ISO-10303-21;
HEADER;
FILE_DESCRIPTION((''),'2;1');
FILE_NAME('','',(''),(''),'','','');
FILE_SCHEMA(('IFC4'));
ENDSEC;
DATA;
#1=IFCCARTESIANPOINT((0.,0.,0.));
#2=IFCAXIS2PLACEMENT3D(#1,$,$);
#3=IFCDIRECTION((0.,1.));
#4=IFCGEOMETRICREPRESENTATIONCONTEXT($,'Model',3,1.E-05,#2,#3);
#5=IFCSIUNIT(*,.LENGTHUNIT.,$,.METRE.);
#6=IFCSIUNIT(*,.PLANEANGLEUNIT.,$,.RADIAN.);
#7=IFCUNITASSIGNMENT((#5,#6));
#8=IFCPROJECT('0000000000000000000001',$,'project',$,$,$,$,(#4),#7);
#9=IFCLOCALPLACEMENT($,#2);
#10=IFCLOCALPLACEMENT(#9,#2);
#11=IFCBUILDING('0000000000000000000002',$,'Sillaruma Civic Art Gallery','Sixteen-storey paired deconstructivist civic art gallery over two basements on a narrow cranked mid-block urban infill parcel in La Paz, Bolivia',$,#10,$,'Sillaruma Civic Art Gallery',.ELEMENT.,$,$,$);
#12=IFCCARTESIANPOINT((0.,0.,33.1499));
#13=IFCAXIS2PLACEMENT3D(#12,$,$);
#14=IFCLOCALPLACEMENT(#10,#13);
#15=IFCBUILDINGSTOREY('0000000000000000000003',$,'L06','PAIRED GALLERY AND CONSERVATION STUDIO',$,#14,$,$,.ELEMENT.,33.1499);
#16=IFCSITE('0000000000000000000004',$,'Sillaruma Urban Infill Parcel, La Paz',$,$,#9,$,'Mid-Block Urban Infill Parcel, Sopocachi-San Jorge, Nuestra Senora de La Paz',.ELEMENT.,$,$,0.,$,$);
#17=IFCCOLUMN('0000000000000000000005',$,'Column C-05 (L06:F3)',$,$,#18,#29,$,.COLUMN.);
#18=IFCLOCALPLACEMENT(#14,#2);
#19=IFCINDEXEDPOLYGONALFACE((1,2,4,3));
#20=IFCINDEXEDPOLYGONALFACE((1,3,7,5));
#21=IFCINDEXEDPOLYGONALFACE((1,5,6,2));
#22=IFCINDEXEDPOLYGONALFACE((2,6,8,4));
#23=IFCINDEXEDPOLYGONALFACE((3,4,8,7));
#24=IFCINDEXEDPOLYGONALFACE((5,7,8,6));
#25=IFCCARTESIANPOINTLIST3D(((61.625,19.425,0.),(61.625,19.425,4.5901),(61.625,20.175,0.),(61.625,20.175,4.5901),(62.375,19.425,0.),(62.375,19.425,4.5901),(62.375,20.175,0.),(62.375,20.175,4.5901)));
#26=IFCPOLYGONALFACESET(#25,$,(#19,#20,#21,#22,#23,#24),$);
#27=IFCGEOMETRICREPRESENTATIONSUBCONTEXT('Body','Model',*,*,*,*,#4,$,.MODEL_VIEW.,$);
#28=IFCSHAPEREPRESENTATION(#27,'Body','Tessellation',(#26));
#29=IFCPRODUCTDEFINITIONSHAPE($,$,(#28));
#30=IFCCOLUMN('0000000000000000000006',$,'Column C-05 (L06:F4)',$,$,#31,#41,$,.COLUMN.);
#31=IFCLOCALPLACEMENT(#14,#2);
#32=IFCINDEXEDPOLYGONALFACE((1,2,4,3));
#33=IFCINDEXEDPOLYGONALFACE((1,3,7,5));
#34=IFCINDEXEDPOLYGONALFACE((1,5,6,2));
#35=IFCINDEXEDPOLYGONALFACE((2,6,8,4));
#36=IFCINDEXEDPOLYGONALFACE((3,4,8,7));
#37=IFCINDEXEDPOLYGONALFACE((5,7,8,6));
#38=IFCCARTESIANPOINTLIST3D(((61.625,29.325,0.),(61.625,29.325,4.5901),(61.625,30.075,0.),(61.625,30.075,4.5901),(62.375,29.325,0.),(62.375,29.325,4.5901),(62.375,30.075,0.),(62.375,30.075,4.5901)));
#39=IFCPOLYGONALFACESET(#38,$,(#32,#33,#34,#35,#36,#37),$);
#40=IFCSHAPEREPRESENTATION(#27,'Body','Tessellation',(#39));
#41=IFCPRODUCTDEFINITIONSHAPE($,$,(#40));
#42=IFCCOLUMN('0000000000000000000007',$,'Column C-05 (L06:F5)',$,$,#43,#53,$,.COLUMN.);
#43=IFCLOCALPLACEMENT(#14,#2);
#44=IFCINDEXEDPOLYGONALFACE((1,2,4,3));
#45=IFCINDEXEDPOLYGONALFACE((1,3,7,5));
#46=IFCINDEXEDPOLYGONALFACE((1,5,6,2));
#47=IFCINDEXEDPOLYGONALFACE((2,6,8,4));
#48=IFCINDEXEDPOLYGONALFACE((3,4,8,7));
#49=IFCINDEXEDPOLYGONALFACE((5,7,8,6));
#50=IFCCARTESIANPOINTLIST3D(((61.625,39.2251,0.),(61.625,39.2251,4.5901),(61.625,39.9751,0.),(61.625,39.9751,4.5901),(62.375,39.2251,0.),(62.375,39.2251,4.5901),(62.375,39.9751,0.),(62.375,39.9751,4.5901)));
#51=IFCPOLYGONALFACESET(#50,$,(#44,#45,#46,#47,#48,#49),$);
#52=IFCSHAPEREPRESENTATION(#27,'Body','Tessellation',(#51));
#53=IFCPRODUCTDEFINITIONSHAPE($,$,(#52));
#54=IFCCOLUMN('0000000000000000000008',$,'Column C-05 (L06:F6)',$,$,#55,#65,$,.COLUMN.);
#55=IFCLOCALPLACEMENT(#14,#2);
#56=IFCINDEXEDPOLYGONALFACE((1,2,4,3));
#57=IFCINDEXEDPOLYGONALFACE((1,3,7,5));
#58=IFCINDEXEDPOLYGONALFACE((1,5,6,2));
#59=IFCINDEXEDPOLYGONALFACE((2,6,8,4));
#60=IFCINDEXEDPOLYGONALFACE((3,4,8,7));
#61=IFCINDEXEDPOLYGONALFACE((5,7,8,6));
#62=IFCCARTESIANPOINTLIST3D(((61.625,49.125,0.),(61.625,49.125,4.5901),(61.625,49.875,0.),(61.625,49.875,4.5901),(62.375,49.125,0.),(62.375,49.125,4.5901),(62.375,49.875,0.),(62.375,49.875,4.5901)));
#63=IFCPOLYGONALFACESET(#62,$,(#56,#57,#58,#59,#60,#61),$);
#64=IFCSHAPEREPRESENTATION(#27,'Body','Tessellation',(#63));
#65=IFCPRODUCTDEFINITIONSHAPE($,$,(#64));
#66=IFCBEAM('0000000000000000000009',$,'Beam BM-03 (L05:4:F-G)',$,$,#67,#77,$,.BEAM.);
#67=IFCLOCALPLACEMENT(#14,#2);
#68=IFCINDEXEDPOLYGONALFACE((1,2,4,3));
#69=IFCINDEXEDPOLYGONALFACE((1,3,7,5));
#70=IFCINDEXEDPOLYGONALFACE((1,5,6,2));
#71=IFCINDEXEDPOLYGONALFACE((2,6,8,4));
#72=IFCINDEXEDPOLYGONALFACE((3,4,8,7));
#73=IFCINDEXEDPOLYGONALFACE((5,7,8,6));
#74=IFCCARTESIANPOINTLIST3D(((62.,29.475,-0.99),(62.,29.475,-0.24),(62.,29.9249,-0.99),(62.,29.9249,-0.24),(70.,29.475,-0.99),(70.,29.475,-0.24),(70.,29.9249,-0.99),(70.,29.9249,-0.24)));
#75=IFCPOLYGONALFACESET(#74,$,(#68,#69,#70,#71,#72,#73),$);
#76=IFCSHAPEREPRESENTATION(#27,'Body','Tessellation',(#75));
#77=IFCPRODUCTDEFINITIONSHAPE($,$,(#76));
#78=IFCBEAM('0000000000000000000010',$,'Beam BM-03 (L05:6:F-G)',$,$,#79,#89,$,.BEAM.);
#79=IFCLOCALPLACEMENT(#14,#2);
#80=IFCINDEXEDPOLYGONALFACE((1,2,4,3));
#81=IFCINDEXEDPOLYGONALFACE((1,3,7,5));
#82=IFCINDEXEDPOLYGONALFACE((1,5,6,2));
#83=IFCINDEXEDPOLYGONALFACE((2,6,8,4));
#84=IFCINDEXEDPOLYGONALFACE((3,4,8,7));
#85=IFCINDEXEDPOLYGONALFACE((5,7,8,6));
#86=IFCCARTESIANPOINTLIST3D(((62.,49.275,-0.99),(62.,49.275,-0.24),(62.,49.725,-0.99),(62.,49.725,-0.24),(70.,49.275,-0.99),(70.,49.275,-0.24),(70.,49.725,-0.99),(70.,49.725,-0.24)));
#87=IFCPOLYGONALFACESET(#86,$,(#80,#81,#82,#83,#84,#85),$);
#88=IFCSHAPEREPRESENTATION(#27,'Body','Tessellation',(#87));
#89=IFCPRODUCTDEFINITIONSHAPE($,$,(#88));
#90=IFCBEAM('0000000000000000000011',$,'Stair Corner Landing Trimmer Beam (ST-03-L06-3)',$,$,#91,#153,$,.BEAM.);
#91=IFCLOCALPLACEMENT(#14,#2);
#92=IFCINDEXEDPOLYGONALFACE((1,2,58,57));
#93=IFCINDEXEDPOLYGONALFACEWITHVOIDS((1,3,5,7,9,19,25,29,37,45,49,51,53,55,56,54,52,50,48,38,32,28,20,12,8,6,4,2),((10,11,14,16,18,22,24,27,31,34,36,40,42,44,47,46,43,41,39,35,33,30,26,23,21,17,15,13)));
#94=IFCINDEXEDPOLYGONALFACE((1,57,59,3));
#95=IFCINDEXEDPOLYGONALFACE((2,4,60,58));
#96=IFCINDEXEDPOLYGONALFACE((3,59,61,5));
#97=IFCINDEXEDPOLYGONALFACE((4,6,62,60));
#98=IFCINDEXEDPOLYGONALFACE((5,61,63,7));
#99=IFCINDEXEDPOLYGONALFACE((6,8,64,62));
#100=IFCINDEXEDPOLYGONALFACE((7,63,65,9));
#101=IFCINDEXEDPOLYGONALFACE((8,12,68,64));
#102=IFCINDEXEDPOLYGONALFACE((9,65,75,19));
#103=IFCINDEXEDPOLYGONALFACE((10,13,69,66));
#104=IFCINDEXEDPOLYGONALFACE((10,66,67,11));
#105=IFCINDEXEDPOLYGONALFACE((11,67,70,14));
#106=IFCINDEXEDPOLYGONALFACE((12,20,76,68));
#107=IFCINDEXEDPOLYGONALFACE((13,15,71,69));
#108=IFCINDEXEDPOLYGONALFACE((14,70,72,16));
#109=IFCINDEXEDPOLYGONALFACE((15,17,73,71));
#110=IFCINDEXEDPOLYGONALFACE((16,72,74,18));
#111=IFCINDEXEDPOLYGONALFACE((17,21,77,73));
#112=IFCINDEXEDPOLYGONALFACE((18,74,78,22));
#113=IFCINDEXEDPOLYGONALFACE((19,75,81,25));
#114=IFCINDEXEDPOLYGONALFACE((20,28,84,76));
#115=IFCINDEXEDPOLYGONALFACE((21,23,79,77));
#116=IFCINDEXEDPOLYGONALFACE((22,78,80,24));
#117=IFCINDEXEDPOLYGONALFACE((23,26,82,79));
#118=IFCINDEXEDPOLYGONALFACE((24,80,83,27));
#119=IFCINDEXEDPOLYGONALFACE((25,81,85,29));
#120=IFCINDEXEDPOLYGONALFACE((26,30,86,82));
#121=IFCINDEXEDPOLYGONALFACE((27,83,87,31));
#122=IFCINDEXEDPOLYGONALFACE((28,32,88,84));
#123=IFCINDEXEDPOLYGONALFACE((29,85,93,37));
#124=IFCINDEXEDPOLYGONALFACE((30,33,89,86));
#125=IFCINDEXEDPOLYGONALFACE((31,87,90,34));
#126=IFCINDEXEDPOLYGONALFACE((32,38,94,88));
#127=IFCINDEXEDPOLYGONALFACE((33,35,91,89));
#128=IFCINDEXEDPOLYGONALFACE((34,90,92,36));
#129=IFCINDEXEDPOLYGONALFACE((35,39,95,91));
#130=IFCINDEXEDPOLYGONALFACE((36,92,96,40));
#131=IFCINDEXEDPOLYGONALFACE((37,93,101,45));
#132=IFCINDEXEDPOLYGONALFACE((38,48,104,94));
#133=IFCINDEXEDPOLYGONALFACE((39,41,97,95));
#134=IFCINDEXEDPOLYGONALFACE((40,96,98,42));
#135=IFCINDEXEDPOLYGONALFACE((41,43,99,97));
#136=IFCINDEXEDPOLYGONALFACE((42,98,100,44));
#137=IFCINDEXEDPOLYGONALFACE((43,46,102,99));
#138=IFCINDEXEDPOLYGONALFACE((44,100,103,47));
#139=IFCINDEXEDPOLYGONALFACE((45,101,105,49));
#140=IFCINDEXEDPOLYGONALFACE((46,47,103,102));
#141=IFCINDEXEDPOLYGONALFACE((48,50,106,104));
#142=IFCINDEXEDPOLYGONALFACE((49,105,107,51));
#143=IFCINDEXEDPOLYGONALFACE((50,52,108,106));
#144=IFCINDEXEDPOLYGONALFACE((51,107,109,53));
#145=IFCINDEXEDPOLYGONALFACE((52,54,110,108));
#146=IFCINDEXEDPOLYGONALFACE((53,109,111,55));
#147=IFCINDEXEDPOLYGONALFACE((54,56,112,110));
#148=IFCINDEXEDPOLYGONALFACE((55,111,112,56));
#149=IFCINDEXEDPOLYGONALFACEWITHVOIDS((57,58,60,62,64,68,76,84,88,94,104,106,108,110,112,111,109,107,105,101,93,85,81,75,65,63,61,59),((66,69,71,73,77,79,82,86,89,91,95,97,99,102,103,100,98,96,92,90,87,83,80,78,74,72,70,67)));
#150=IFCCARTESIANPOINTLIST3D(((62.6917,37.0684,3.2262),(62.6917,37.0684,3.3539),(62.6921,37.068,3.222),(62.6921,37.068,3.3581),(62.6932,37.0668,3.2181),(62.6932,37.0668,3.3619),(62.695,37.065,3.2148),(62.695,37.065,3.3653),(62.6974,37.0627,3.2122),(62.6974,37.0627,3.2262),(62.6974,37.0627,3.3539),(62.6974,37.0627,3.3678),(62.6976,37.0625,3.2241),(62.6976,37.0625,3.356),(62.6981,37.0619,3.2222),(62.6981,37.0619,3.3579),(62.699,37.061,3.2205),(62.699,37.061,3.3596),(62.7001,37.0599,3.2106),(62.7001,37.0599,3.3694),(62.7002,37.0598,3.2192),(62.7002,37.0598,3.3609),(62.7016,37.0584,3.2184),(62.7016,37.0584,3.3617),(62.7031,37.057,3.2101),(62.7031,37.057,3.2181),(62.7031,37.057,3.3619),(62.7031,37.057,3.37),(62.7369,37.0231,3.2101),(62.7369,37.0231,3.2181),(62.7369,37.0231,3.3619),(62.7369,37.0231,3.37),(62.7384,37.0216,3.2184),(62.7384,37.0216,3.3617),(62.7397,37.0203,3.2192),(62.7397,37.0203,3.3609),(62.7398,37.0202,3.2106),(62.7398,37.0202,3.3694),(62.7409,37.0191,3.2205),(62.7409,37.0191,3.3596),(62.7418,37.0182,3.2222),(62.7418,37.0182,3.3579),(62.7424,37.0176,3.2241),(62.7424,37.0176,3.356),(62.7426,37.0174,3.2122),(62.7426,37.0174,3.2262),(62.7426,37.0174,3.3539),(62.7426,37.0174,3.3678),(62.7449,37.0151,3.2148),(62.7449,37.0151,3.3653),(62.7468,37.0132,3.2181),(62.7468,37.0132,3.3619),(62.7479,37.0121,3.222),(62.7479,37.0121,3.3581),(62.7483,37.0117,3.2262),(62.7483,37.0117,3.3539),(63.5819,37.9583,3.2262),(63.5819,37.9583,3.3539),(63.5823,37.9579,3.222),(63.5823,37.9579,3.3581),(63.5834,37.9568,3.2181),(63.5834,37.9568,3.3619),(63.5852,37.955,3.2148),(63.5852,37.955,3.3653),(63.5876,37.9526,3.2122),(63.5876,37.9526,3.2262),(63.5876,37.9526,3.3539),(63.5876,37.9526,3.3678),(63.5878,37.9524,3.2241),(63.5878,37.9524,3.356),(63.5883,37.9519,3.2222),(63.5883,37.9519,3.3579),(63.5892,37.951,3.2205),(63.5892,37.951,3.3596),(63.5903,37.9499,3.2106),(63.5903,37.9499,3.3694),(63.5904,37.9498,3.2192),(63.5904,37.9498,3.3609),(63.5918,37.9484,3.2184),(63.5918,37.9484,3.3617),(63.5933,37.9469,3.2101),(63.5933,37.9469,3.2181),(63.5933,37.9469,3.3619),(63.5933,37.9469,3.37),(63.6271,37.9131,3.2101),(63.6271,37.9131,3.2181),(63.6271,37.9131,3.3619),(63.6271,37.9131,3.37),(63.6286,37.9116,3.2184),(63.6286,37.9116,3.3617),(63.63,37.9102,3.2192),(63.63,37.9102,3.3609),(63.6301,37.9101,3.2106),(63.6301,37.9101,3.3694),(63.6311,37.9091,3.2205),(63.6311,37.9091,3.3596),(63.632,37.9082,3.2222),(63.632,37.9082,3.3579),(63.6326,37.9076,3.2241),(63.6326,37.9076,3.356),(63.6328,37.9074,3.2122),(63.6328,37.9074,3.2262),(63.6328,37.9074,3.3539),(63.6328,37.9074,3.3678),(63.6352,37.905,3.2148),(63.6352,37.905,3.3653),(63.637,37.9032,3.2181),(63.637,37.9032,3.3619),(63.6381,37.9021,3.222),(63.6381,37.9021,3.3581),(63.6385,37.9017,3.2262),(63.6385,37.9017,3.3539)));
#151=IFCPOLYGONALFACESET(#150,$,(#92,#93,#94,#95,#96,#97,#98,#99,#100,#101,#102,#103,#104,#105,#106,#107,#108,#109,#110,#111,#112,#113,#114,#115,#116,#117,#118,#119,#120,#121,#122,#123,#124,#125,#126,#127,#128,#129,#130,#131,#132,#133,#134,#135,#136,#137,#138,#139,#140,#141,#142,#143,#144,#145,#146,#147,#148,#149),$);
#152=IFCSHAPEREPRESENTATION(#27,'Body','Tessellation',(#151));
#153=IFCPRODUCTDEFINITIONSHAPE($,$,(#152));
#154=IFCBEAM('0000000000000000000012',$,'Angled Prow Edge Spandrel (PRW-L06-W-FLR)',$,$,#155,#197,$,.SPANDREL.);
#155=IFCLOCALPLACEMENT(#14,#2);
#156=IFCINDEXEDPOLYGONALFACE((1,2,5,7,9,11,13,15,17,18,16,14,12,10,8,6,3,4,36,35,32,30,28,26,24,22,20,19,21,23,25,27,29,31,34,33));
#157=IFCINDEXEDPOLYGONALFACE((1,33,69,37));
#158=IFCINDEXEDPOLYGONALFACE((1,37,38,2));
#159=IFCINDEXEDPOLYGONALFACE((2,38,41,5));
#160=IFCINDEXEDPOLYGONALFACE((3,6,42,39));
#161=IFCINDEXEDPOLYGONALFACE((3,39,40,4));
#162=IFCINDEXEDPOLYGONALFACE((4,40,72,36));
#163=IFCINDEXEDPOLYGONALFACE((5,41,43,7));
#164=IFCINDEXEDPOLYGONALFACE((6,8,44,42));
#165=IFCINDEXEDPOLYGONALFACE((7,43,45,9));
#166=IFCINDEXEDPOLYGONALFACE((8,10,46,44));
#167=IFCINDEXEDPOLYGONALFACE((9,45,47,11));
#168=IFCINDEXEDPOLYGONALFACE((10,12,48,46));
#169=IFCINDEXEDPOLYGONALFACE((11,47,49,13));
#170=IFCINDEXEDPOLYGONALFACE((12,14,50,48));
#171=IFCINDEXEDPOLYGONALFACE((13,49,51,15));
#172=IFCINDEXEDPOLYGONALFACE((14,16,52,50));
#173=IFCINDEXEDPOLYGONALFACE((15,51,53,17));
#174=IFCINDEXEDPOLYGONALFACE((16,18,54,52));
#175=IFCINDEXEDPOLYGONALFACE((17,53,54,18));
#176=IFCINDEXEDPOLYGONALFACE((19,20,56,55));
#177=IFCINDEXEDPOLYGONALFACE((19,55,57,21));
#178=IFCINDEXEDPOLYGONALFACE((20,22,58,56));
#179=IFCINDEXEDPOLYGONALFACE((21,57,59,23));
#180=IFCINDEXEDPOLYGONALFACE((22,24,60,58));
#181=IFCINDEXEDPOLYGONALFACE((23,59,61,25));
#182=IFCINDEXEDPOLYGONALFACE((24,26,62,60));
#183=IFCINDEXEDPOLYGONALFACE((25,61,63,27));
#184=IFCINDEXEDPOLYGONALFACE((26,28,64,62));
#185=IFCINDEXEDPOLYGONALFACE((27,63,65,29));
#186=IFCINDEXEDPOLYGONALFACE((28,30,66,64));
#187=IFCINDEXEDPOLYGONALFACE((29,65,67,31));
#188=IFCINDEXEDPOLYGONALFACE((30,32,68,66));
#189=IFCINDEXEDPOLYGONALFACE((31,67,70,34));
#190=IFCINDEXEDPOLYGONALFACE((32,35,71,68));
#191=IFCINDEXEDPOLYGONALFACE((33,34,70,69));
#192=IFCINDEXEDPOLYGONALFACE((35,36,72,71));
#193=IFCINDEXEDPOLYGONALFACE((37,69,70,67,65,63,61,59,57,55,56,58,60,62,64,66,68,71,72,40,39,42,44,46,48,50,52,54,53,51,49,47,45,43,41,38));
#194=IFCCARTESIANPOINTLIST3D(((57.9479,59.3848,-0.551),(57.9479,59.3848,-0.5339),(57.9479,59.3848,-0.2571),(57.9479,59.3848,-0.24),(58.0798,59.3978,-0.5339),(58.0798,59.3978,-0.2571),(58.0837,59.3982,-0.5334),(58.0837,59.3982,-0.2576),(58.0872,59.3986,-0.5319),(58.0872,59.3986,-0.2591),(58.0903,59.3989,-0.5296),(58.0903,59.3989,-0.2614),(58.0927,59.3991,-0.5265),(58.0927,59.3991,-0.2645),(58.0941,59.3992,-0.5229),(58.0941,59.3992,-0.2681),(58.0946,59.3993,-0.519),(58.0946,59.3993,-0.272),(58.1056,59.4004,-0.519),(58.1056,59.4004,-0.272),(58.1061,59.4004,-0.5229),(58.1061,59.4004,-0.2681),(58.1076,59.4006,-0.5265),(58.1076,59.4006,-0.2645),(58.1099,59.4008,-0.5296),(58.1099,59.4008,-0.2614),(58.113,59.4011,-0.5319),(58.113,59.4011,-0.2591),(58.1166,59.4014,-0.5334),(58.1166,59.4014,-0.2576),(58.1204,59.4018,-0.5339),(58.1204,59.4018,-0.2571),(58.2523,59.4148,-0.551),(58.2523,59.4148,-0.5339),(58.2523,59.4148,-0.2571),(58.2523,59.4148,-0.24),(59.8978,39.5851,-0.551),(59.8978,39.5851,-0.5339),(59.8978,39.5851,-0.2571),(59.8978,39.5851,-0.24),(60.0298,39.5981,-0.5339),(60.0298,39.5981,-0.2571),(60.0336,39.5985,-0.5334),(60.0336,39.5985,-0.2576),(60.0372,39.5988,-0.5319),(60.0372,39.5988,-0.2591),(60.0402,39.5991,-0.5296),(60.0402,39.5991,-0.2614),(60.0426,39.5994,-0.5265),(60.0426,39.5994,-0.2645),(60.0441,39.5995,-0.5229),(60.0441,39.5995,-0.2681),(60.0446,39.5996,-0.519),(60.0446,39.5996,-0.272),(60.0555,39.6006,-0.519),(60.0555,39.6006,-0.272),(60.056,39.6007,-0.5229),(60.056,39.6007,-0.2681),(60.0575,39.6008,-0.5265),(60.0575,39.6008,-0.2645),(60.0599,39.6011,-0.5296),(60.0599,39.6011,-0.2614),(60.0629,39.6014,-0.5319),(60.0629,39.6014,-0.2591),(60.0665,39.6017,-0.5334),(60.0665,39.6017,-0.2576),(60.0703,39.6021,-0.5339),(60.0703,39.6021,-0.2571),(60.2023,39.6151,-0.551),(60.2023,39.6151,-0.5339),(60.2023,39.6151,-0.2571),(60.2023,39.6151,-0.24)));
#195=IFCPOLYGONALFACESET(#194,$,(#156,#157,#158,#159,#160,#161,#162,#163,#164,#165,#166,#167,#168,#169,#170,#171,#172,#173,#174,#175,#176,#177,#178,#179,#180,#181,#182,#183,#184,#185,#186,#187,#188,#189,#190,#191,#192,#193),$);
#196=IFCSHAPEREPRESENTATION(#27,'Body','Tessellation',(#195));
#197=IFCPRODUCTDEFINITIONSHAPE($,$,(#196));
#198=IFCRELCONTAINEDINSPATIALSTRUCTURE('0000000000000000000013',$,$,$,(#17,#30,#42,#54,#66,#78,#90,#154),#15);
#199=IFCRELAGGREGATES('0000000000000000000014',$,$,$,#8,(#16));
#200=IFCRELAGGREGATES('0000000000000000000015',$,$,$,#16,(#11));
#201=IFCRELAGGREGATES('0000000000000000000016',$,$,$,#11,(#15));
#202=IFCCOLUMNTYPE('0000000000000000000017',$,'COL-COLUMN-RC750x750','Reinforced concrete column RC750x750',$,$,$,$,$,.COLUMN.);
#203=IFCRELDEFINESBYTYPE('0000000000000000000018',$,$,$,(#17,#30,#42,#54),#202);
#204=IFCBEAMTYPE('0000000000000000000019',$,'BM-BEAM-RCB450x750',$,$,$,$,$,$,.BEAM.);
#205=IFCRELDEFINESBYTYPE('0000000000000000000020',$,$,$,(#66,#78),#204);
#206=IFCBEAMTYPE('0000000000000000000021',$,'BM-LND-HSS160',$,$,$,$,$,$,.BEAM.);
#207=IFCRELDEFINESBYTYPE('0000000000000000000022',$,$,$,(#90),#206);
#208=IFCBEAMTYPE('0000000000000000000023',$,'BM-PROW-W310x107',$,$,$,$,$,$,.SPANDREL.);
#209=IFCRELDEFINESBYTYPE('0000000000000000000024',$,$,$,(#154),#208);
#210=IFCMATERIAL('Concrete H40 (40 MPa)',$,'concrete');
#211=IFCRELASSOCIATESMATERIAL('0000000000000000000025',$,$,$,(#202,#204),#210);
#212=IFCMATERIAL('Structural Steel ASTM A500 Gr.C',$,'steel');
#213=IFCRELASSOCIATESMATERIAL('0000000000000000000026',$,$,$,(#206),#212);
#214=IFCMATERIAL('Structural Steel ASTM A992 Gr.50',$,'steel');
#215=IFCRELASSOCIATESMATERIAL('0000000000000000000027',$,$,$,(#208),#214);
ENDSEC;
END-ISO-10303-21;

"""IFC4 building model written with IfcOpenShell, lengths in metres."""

from ifc_helpers import new_model, si_unit, direction, frame, origin, origin_2d, place, context, subcontext, project, spatial, rectangle, hollow_rectangle, i_section, extrude, material, material_profile, profile_set, type_object, element, save


model = new_model("IFC4")

# Units and contexts
model_context = context("Model", 3, precision=1e-05, world=origin(), true_north=direction((0.0, 1.0)))
body_context = subcontext(model_context, "Body", "Model", "MODEL_VIEW")
ifc_project = project(units=[si_unit("LENGTHUNIT", "METRE"), si_unit("PLANEANGLEUNIT", "RADIAN")], contexts=[model_context])

# Site, building, storey
site_placement = place(None, origin())
site = spatial("IfcSite", under=ifc_project, at=site_placement, Name="Sillaruma Urban Infill Parcel, La Paz", LongName="Mid-Block Urban Infill Parcel, Sopocachi-San Jorge, Nuestra Senora de La Paz", CompositionType="ELEMENT", RefElevation=0.0)
building_placement = place(site_placement, origin())
building = spatial("IfcBuilding", under=site, at=building_placement, Name="Sillaruma Civic Art Gallery", Description="Sixteen-storey paired deconstructivist civic art gallery over two basements on a narrow cranked mid-block urban infill parcel in La Paz, Bolivia", LongName="Sillaruma Civic Art Gallery", CompositionType="ELEMENT")
storey_placement = place(building_placement, frame((0.0, 0.0, 33.1499)))
storey = spatial("IfcBuildingStorey", under=building, at=storey_placement, Name="L06", Description="PAIRED GALLERY AND CONSERVATION STUDIO", CompositionType="ELEMENT", Elevation=33.1499)

# Columns
ifc_material_1 = material(Name="Concrete H40 (40 MPa)", Category="concrete")
ifc_material_profile_1 = material_profile(ifc_material_1, rectangle(XDim=0.75, YDim=0.75, at=origin_2d()), Name="RC750x750")
ifc_profile_set_1 = profile_set([ifc_material_profile_1], Name="Concrete H40 (40 MPa)")
column_type = type_object("IfcColumnType", Name="COL-COLUMN-RC750x750", Description="Reinforced concrete column RC750x750", PredefinedType="COLUMN", material=ifc_profile_set_1)
for number, where, z_axis, x_axis, name in (
    (1, (62.0, 19.8, 0.0), (0.0, 0.0, 1.0), (1.0, 0.0, 0.0), "Column C-05 (L06:F3)"),
    (2, (62.0, 29.7, 0.0), (0.0, 0.0, 1.0), (1.0, 0.0, 0.0), "Column C-05 (L06:F4)"),
    (3, (62.0, 39.6001, 0.0), (0.0, 0.0, 1.0), (1.0, 0.0, 0.0), "Column C-05 (L06:F5)"),
    (4, (62.0, 49.5, 0.0), (0.0, 0.0, 1.0), (1.0, 0.0, 0.0), "Column C-05 (L06:F6)"),
):
    element("IfcColumn", number, at=place(storey_placement, frame(where, z_axis=z_axis, x_axis=x_axis)), inside=storey, type_object=column_type, Name=name, PredefinedType="COLUMN", context=body_context, shape_type="SweptSolid", body=[
        extrude(rectangle(XDim=0.75, YDim=0.75, at=origin_2d()), origin(), (0.0, 0.0, 1.0), 4.5901),
    ])

# Beams
ifc_material_profile_2 = material_profile(ifc_material_1, rectangle(XDim=0.45, YDim=0.75, at=origin_2d()), Name="RCB450x750")
ifc_profile_set_2 = profile_set([ifc_material_profile_2], Name="Concrete H40 (40 MPa)")
beam_type_1 = type_object("IfcBeamType", Name="BM-BEAM-RCB450x750", PredefinedType="BEAM", material=ifc_profile_set_2)
for number, where, z_axis, x_axis, name in (
    (5, (62.0, 29.7, -0.615), (1.0, 0.0, 0.0), (0.0, 1.0, 0.0), "Beam BM-03 (L05:4:F-G)"),
    (6, (62.0, 49.5, -0.615), (1.0, 0.0, 0.0), (0.0, 1.0, 0.0), "Beam BM-03 (L05:6:F-G)"),
):
    element("IfcBeam", number, at=place(storey_placement, frame(where, z_axis=z_axis, x_axis=x_axis)), inside=storey, type_object=beam_type_1, Name=name, PredefinedType="BEAM", context=body_context, shape_type="SweptSolid", body=[
        extrude(rectangle(XDim=0.45, YDim=0.75, at=origin_2d()), origin(), (0.0, 0.0, 1.0), 8.0),
    ])
ifc_material_2 = material(Name="Structural Steel ASTM A500 Gr.C", Category="steel")
ifc_material_profile_3 = material_profile(ifc_material_2, hollow_rectangle(XDim=0.0801, YDim=0.1599, WallThickness=0.0081, InnerFilletRadius=0.0081, OuterFilletRadius=0.0161, at=origin_2d()), Name="HSS160x80x8")
ifc_profile_set_3 = profile_set([ifc_material_profile_3], Name="Structural Steel ASTM A500 Gr.C")
beam_type_2 = type_object("IfcBeamType", Name="BM-LND-HSS160", PredefinedType="BEAM", material=ifc_profile_set_3)
beam_1_placement = place(storey_placement, frame((62.72, 37.04, 3.29), z_axis=(0.707204, 0.70701, 0.0), x_axis=(-0.70701, 0.707204, 0.0)))
element("IfcBeam", 7, at=beam_1_placement, inside=storey, type_object=beam_type_2, Name="Stair Corner Landing Trimmer Beam (ST-03-L06-3)", PredefinedType="BEAM", context=body_context, shape_type="SweptSolid", body=[
    extrude(hollow_rectangle(XDim=0.0801, YDim=0.1599, WallThickness=0.0081, InnerFilletRadius=0.0081, OuterFilletRadius=0.0161, at=origin_2d()), origin(), (0.0, 0.0, 1.0), 1.2588),
])
ifc_material_3 = material(Name="Structural Steel ASTM A992 Gr.50", Category="steel")
ifc_material_profile_4 = material_profile(ifc_material_3, i_section(OverallWidth=0.3059, OverallDepth=0.311, WebThickness=0.011, FlangeThickness=0.0171, FilletRadius=0.0149, at=origin_2d()), Name="W310x107")
ifc_profile_set_4 = profile_set([ifc_material_profile_4], Name="Structural Steel ASTM A992 Gr.50")
beam_type_3 = type_object("IfcBeamType", Name="BM-PROW-W310x107", PredefinedType="SPANDREL", material=ifc_profile_set_4)
beam_2_placement = place(storey_placement, frame((60.05, 39.6001, -0.3955), z_axis=(-0.098009, 0.995186, 0.0), x_axis=(-0.995186, -0.098009, 0.0)))
element("IfcBeam", 8, at=beam_2_placement, inside=storey, type_object=beam_type_3, Name="Angled Prow Edge Spandrel (PRW-L06-W-FLR)", PredefinedType="SPANDREL", context=body_context, shape_type="SweptSolid", body=[
    extrude(i_section(OverallWidth=0.3059, OverallDepth=0.311, WebThickness=0.011, FlangeThickness=0.0171, FilletRadius=0.0149, at=origin_2d()), origin(), (0.0, 0.0, 1.0), 19.8955),
])

save(model, "model.ifc")
